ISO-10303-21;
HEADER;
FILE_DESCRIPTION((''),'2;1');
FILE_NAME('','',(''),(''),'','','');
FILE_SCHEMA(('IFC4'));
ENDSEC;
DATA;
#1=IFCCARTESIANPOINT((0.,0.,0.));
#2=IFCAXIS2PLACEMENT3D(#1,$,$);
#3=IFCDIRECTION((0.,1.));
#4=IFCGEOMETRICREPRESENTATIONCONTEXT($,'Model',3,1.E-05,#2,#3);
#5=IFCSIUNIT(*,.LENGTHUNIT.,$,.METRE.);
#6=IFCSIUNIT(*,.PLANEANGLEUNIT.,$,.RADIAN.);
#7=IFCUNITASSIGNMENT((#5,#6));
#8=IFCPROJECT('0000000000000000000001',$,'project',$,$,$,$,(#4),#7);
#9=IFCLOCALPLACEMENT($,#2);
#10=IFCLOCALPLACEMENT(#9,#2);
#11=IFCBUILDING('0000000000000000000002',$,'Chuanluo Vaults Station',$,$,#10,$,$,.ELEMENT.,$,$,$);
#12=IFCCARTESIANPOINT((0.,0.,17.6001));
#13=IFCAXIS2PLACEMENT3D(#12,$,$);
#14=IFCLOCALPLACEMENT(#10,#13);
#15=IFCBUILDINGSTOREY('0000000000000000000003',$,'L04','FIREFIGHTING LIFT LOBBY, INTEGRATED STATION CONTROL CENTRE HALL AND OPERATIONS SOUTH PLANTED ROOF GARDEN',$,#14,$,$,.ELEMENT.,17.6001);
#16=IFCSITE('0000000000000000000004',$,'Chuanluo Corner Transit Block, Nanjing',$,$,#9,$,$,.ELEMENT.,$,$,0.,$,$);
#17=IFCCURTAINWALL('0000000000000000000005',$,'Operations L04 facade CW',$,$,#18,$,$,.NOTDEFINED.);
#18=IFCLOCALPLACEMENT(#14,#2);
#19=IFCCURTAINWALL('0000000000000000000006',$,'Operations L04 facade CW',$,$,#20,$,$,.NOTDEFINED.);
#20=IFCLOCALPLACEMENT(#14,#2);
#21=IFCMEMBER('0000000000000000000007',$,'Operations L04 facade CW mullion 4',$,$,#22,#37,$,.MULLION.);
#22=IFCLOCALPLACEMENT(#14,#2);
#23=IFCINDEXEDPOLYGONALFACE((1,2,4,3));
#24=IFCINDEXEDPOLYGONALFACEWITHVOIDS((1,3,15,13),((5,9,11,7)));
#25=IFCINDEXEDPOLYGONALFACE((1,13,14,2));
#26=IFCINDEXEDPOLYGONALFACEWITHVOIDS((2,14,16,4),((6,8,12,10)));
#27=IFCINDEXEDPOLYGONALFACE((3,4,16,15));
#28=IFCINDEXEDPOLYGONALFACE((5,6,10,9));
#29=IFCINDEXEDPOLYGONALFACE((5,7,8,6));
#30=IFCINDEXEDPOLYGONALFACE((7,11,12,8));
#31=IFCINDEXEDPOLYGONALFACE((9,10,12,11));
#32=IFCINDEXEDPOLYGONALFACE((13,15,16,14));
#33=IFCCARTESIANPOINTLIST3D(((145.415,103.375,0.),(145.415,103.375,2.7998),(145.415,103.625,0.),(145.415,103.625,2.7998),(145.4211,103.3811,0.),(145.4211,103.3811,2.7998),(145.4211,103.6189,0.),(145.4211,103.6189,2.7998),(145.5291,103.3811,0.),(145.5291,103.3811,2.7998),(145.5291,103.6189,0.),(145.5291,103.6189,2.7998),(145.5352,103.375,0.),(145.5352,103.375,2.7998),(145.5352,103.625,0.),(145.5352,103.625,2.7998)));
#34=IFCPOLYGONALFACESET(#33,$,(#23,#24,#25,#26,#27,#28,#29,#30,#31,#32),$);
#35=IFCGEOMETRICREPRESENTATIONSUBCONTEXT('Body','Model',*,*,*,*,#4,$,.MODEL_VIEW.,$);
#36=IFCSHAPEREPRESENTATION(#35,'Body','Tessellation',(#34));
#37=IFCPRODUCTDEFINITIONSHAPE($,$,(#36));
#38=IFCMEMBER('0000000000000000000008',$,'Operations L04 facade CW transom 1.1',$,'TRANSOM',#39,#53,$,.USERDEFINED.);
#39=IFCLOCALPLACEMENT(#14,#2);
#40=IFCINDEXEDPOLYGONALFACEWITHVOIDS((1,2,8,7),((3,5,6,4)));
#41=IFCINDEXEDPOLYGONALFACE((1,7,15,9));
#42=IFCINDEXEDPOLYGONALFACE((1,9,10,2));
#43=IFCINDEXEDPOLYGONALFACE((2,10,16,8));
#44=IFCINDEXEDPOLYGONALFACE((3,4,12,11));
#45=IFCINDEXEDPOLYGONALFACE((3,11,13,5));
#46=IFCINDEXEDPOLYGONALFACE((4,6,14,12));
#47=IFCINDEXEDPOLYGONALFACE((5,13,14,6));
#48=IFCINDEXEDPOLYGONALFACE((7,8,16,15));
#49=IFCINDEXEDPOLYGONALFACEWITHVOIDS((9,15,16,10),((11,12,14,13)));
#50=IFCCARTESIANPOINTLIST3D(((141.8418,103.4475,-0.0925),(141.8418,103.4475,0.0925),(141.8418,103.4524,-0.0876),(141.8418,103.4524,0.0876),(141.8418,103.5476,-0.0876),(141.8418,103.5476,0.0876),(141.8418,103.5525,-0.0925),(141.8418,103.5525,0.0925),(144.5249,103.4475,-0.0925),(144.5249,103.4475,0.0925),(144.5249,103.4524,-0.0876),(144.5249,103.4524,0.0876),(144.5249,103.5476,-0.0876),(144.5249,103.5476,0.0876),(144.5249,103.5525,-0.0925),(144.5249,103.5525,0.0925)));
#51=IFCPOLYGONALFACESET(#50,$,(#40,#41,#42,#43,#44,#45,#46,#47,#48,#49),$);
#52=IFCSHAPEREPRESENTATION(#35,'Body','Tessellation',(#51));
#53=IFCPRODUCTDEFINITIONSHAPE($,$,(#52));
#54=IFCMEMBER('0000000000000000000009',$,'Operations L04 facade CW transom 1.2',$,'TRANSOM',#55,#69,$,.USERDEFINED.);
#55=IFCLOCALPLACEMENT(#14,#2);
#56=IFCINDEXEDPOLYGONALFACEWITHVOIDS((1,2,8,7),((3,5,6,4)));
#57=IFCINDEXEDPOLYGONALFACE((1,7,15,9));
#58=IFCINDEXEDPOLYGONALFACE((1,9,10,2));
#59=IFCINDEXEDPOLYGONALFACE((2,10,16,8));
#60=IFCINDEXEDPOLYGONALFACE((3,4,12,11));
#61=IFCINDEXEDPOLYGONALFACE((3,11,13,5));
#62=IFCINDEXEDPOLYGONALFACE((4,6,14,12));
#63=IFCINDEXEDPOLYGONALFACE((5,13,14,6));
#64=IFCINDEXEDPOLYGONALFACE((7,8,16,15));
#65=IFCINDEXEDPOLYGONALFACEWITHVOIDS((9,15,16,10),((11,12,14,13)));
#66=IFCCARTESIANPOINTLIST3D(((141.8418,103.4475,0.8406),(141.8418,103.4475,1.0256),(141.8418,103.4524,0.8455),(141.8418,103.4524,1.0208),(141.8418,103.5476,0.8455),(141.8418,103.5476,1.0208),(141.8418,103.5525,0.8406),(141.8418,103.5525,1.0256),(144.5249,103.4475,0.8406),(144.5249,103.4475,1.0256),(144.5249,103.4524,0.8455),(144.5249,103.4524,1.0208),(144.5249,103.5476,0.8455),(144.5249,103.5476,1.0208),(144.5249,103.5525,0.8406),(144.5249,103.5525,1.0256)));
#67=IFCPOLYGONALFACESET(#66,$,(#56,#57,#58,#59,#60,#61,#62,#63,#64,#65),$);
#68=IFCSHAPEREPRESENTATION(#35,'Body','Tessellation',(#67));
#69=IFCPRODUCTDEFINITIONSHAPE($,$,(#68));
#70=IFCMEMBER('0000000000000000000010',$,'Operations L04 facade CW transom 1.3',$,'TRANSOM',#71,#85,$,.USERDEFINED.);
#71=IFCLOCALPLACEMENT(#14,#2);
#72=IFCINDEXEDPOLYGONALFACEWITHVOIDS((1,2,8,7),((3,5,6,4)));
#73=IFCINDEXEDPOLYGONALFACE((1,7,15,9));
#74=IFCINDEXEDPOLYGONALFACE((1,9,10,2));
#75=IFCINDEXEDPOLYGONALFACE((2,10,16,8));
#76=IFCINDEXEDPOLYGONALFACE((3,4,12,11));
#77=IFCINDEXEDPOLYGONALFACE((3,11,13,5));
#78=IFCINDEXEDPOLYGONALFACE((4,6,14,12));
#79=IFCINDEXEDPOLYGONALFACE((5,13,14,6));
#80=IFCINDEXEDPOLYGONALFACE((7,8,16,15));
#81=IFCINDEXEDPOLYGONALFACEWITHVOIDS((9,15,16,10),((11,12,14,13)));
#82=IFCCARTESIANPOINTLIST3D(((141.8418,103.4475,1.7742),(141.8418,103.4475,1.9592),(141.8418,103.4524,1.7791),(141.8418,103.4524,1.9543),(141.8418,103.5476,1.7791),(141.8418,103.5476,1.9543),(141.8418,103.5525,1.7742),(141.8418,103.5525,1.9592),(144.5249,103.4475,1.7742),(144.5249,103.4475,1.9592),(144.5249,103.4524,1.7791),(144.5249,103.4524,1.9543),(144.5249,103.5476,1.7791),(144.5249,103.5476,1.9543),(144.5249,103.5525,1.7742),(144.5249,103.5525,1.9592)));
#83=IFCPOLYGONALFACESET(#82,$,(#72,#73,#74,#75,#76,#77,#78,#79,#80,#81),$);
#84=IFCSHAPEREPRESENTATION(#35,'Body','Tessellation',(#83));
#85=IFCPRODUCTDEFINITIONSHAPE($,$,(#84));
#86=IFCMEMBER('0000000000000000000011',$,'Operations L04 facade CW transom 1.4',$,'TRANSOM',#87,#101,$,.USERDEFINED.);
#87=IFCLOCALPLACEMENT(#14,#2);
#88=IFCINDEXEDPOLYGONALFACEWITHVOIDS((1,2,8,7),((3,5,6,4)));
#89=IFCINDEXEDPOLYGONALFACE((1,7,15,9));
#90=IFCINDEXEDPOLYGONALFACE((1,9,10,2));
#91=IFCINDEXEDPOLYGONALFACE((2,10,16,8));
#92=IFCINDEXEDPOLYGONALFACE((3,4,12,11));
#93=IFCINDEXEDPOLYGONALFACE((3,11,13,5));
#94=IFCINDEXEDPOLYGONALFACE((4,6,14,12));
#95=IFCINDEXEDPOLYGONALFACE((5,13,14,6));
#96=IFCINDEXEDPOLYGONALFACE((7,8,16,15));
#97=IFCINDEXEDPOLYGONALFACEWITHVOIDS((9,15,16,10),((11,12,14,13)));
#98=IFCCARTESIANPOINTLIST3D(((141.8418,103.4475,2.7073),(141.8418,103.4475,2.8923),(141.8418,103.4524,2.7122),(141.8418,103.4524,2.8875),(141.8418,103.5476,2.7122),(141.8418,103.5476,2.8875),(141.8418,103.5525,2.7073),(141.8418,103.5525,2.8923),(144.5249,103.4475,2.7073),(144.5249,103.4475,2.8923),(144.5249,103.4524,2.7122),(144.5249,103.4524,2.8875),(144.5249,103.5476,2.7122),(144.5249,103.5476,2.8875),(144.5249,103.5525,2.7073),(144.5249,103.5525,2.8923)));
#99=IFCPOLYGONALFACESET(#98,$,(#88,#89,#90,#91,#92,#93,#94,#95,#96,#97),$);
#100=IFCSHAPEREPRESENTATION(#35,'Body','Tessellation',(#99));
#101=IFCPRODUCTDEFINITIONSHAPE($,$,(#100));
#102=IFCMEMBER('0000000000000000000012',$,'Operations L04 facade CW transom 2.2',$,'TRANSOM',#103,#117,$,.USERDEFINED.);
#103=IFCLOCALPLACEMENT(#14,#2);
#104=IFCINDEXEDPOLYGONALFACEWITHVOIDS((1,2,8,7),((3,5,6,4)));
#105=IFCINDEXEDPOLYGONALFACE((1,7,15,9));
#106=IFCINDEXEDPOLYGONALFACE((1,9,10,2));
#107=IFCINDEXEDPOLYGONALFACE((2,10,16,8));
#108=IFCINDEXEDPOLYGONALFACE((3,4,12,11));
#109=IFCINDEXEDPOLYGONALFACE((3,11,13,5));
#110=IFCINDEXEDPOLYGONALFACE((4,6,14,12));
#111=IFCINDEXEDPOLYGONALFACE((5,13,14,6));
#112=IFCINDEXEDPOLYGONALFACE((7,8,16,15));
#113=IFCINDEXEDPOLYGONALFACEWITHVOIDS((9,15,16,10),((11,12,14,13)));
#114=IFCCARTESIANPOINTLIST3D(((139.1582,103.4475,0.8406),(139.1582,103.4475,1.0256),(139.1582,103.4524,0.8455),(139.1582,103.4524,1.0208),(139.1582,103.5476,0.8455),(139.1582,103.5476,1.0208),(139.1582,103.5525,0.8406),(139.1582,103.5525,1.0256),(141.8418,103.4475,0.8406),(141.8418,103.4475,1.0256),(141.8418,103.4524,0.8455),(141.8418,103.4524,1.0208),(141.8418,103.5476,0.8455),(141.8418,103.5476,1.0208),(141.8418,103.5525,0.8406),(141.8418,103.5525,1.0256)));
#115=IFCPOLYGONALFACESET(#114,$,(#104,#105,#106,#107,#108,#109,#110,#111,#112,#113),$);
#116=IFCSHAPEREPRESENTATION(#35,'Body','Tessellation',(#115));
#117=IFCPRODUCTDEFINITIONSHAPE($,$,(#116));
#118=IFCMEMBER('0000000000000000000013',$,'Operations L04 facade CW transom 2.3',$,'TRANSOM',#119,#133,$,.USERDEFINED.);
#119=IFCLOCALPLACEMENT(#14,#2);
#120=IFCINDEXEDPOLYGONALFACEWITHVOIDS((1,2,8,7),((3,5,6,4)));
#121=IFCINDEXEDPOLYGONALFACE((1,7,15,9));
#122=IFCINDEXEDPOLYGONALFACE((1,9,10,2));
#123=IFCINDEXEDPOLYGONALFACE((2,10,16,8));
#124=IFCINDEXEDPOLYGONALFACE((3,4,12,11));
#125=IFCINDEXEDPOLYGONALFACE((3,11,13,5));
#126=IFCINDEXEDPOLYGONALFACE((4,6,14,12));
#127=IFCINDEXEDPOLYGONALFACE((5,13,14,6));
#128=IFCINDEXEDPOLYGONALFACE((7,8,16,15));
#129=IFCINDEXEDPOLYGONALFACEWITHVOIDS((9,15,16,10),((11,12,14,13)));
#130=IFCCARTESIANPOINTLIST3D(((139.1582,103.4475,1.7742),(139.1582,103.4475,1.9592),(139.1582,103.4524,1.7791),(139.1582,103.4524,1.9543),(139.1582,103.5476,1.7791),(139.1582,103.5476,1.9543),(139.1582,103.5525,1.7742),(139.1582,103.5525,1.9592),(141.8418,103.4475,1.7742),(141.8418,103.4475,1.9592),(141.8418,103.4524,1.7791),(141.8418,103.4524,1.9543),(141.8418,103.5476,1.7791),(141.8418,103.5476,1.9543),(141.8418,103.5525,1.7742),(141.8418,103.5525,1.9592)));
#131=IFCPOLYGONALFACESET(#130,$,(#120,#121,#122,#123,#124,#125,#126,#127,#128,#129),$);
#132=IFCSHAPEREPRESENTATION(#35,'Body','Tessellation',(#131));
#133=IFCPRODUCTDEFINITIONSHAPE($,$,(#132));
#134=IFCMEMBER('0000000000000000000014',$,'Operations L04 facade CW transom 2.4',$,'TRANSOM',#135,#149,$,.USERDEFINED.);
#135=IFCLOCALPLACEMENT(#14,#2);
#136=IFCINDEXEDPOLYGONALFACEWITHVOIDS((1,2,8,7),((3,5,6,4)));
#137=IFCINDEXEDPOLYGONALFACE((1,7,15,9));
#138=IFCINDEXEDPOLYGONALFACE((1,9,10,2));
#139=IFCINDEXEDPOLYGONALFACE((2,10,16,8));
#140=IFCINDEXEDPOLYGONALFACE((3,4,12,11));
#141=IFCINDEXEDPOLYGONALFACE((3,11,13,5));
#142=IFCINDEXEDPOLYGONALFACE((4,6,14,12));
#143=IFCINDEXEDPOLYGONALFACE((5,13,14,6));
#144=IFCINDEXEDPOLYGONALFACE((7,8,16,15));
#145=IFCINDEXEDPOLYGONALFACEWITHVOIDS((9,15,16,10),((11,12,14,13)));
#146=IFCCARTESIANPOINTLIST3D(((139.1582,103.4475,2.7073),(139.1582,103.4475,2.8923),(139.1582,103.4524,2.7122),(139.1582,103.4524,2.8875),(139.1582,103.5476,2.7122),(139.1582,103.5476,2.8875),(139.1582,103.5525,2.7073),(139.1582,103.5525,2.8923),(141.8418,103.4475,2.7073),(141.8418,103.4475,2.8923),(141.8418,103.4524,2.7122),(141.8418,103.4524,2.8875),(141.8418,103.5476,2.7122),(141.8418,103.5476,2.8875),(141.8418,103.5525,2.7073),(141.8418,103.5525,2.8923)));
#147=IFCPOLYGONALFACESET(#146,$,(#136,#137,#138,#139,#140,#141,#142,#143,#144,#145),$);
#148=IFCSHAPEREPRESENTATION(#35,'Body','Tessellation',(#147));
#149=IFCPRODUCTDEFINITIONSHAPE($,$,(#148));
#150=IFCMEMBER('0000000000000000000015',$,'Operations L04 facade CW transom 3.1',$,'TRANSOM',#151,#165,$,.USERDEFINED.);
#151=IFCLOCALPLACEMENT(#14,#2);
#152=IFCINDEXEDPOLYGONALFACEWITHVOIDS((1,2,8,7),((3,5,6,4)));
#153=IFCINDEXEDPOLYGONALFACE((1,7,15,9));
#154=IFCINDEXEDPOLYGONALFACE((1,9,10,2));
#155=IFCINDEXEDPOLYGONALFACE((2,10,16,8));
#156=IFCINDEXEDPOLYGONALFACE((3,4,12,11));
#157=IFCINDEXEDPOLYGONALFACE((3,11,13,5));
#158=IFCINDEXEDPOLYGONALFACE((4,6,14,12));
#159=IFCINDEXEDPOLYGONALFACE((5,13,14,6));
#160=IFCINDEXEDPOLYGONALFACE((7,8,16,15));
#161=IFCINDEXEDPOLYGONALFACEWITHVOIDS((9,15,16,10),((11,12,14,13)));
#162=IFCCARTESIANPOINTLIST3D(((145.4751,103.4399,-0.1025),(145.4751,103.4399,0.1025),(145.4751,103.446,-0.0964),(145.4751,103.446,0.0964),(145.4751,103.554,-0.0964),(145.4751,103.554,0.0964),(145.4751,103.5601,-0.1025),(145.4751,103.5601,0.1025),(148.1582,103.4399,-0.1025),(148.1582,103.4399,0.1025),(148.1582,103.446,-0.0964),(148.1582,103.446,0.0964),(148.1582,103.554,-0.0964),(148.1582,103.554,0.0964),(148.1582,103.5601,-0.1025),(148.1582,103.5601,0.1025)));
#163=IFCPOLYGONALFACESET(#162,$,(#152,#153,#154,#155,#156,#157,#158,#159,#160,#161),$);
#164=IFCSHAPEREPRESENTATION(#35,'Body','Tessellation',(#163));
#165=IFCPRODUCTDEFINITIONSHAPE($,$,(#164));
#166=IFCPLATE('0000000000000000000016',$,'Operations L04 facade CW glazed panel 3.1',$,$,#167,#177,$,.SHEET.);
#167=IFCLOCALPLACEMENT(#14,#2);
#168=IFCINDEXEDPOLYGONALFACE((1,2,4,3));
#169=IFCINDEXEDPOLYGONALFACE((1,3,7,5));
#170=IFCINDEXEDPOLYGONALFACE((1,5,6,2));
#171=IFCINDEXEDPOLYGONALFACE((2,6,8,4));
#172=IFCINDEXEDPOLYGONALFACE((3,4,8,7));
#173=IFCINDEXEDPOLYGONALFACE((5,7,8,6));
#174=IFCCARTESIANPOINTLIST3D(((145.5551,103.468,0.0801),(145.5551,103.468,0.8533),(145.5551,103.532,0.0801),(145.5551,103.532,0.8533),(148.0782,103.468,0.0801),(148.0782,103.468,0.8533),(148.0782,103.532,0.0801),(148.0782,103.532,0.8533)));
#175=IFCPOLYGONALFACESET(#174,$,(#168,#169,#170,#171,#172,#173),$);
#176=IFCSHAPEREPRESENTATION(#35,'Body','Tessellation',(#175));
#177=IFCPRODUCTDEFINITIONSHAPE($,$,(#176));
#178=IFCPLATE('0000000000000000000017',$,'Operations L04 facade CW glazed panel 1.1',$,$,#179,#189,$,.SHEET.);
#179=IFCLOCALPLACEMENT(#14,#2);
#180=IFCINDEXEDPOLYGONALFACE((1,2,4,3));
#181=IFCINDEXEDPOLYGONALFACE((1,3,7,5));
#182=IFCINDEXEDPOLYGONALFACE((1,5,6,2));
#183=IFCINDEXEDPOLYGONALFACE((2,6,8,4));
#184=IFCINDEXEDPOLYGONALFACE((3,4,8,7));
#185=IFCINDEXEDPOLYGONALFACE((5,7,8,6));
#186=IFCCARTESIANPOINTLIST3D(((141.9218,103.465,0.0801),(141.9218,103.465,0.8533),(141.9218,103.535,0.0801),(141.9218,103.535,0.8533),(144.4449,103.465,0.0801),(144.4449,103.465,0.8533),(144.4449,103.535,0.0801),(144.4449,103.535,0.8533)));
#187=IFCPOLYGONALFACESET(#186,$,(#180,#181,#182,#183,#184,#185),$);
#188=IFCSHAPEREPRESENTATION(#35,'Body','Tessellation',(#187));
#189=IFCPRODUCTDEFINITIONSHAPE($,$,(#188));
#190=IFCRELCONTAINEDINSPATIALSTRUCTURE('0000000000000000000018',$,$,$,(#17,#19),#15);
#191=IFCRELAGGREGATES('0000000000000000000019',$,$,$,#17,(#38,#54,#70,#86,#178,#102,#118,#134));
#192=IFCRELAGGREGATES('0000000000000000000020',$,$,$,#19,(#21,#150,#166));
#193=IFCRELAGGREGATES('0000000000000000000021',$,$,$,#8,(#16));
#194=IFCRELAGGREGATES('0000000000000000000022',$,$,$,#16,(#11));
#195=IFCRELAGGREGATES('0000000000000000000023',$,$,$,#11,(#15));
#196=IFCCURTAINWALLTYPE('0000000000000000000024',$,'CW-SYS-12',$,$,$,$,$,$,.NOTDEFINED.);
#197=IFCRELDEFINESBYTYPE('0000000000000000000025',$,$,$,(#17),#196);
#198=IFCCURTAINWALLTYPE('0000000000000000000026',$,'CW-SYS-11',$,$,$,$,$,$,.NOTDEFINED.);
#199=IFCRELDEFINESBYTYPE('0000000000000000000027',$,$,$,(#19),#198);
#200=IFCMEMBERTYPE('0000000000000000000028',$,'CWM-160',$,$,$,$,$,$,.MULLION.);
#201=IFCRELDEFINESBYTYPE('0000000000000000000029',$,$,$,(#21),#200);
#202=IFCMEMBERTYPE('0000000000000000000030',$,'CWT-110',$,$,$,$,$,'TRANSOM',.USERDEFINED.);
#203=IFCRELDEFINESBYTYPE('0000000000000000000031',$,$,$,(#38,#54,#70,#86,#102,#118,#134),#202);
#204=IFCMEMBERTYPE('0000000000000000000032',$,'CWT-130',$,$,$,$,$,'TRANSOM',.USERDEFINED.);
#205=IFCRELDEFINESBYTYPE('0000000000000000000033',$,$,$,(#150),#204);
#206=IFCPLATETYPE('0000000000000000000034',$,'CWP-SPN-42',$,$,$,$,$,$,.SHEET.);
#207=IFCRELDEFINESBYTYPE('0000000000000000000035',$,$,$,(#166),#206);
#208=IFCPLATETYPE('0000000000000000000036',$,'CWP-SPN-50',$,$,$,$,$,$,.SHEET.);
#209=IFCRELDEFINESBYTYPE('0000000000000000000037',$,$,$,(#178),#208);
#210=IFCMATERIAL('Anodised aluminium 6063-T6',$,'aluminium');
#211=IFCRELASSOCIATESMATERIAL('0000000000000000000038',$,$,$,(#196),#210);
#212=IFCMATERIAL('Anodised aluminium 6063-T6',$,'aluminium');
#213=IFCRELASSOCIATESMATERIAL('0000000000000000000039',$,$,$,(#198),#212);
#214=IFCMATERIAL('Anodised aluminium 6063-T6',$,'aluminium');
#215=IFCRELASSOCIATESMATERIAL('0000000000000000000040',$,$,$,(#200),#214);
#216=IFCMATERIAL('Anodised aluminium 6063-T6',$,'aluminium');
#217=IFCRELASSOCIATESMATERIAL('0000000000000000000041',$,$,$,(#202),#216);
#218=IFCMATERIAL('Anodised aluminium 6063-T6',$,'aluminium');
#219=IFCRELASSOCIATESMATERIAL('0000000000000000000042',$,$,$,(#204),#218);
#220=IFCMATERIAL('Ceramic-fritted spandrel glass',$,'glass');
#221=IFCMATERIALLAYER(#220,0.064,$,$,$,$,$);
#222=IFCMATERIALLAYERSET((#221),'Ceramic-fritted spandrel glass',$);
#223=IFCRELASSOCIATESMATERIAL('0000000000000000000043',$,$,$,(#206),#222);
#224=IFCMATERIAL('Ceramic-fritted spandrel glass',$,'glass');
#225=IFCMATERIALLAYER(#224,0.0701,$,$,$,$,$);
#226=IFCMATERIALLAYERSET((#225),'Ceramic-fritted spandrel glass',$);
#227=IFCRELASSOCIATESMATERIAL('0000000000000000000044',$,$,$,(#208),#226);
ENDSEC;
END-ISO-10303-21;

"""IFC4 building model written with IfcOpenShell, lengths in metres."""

from ifc_helpers import new_model, si_unit, direction, frame, origin, origin_2d, place, context, subcontext, project, spatial, rectangle, hollow_rectangle, extrude, material, layer, layer_set, material_profile, profile_set, type_object, element, aggregate, save


model = new_model("IFC4")

# Units and contexts
model_context = context("Model", 3, precision=1e-05, world=origin(), true_north=direction((0.0, 1.0)))
body_context = subcontext(model_context, "Body", "Model", "MODEL_VIEW")
ifc_project = project(units=[si_unit("LENGTHUNIT", "METRE"), si_unit("PLANEANGLEUNIT", "RADIAN")], contexts=[model_context])

# Site, building, storey
site_placement = place(None, origin())
site = spatial("IfcSite", under=ifc_project, at=site_placement, Name="Chuanluo Corner Transit Block, Nanjing", CompositionType="ELEMENT", RefElevation=0.0)
building_placement = place(site_placement, origin())
building = spatial("IfcBuilding", under=site, at=building_placement, Name="Chuanluo Vaults Station", CompositionType="ELEMENT")
storey_placement = place(building_placement, frame((0.0, 0.0, 17.6001)))
storey = spatial("IfcBuildingStorey", under=building, at=storey_placement, Name="L04", Description="FIREFIGHTING LIFT LOBBY, INTEGRATED STATION CONTROL CENTRE HALL AND OPERATIONS SOUTH PLANTED ROOF GARDEN", CompositionType="ELEMENT", Elevation=17.6001)

# Curtain wall
ifc_material_1 = material(Name="Anodised aluminium 6063-T6", Category="aluminium")
curtain_wall_type_1 = type_object("IfcCurtainWallType", Name="CW-SYS-12", PredefinedType="NOTDEFINED", material=ifc_material_1)
curtain_wall_1_placement = place(storey_placement, origin())
curtain_wall_1 = element("IfcCurtainWall", 1, at=curtain_wall_1_placement, inside=storey, type_object=curtain_wall_type_1, Name="Operations L04 facade CW", PredefinedType="NOTDEFINED")

# Curtain wall, member
ifc_material_2 = material(Name="Anodised aluminium 6063-T6", Category="aluminium")
curtain_wall_type_2 = type_object("IfcCurtainWallType", Name="CW-SYS-11", PredefinedType="NOTDEFINED", material=ifc_material_2)
curtain_wall_2_placement = place(storey_placement, origin())
curtain_wall_2 = element("IfcCurtainWall", 2, at=curtain_wall_2_placement, inside=storey, type_object=curtain_wall_type_2, Name="Operations L04 facade CW", PredefinedType="NOTDEFINED")
ifc_material_3 = material(Name="Anodised aluminium 6063-T6", Category="aluminium")
ifc_material_profile_1 = material_profile(ifc_material_3, hollow_rectangle(XDim=0.1201, YDim=0.25, WallThickness=0.0061, at=origin_2d()))
ifc_profile_set_1 = profile_set([ifc_material_profile_1], Name="Anodised aluminium 6063-T6")
member_type_1 = type_object("IfcMemberType", Name="CWM-160", PredefinedType="MULLION", material=ifc_profile_set_1)
member_1_placement = place(storey_placement, frame((145.4751, 103.5, 0.0), z_axis=(0.0, 0.0, 1.0), x_axis=(-1.0, 0.0, 0.0)))
member_1 = element("IfcMember", 3, at=member_1_placement, type_object=member_type_1, Name="Operations L04 facade CW mullion 4", PredefinedType="MULLION", context=body_context, shape_type="SweptSolid", body=[
    extrude(hollow_rectangle(XDim=0.1201, YDim=0.25, WallThickness=0.0061, at=origin_2d()), origin(), (0.0, 0.0, 1.0), 2.7998),
])

# Members
ifc_material_4 = material(Name="Anodised aluminium 6063-T6", Category="aluminium")
ifc_material_profile_2 = material_profile(ifc_material_4, hollow_rectangle(XDim=0.105, YDim=0.1851, WallThickness=0.0049, at=origin_2d()))
ifc_profile_set_2 = profile_set([ifc_material_profile_2], Name="Anodised aluminium 6063-T6")
member_type_2 = type_object("IfcMemberType", Name="CWT-110", ElementType="TRANSOM", PredefinedType="USERDEFINED", material=ifc_profile_set_2)
member_2_placement = place(storey_placement, frame((144.5249, 103.5, 0.0), z_axis=(-1.0, 0.0, 0.0), x_axis=(0.0, -1.0, 0.0)))
member_2 = element("IfcMember", 4, at=member_2_placement, type_object=member_type_2, Name="Operations L04 facade CW transom 1.1", ObjectType="TRANSOM", PredefinedType="USERDEFINED", context=body_context, shape_type="SweptSolid", body=[
    extrude(hollow_rectangle(XDim=0.105, YDim=0.1851, WallThickness=0.0049, at=origin_2d()), origin(), (0.0, 0.0, 1.0), 2.6831),
])
member_3_placement = place(storey_placement, frame((144.5249, 103.5, 0.9331), z_axis=(-1.0, 0.0, 0.0), x_axis=(0.0, -1.0, 0.0)))
member_3 = element("IfcMember", 5, at=member_3_placement, type_object=member_type_2, Name="Operations L04 facade CW transom 1.2", ObjectType="TRANSOM", PredefinedType="USERDEFINED", context=body_context, shape_type="SweptSolid", body=[
    extrude(hollow_rectangle(XDim=0.105, YDim=0.1851, WallThickness=0.0049, at=origin_2d()), origin(), (0.0, 0.0, 1.0), 2.6831),
])
member_4_placement = place(storey_placement, frame((144.5249, 103.5, 1.8667), z_axis=(-1.0, 0.0, 0.0), x_axis=(0.0, -1.0, 0.0)))
member_4 = element("IfcMember", 6, at=member_4_placement, type_object=member_type_2, Name="Operations L04 facade CW transom 1.3", ObjectType="TRANSOM", PredefinedType="USERDEFINED", context=body_context, shape_type="SweptSolid", body=[
    extrude(hollow_rectangle(XDim=0.105, YDim=0.1851, WallThickness=0.0049, at=origin_2d()), origin(), (0.0, 0.0, 1.0), 2.6831),
])
member_5_placement = place(storey_placement, frame((144.5249, 103.5, 2.7998), z_axis=(-1.0, 0.0, 0.0), x_axis=(0.0, -1.0, 0.0)))
member_5 = element("IfcMember", 7, at=member_5_placement, type_object=member_type_2, Name="Operations L04 facade CW transom 1.4", ObjectType="TRANSOM", PredefinedType="USERDEFINED", context=body_context, shape_type="SweptSolid", body=[
    extrude(hollow_rectangle(XDim=0.105, YDim=0.1851, WallThickness=0.0049, at=origin_2d()), origin(), (0.0, 0.0, 1.0), 2.6831),
])
member_6_placement = place(storey_placement, frame((141.8418, 103.5, 0.9331), z_axis=(-1.0, 0.0, 0.0), x_axis=(0.0, -1.0, 0.0)))
member_6 = element("IfcMember", 8, at=member_6_placement, type_object=member_type_2, Name="Operations L04 facade CW transom 2.2", ObjectType="TRANSOM", PredefinedType="USERDEFINED", context=body_context, shape_type="SweptSolid", body=[
    extrude(hollow_rectangle(XDim=0.105, YDim=0.1851, WallThickness=0.0049, at=origin_2d()), origin(), (0.0, 0.0, 1.0), 2.6836),
])
member_7_placement = place(storey_placement, frame((141.8418, 103.5, 1.8667), z_axis=(-1.0, 0.0, 0.0), x_axis=(0.0, -1.0, 0.0)))
member_7 = element("IfcMember", 9, at=member_7_placement, type_object=member_type_2, Name="Operations L04 facade CW transom 2.3", ObjectType="TRANSOM", PredefinedType="USERDEFINED", context=body_context, shape_type="SweptSolid", body=[
    extrude(hollow_rectangle(XDim=0.105, YDim=0.1851, WallThickness=0.0049, at=origin_2d()), origin(), (0.0, 0.0, 1.0), 2.6836),
])
member_8_placement = place(storey_placement, frame((141.8418, 103.5, 2.7998), z_axis=(-1.0, 0.0, 0.0), x_axis=(0.0, -1.0, 0.0)))
member_8 = element("IfcMember", 10, at=member_8_placement, type_object=member_type_2, Name="Operations L04 facade CW transom 2.4", ObjectType="TRANSOM", PredefinedType="USERDEFINED", context=body_context, shape_type="SweptSolid", body=[
    extrude(hollow_rectangle(XDim=0.105, YDim=0.1851, WallThickness=0.0049, at=origin_2d()), origin(), (0.0, 0.0, 1.0), 2.6836),
])
ifc_material_5 = material(Name="Anodised aluminium 6063-T6", Category="aluminium")
ifc_material_profile_3 = material_profile(ifc_material_5, hollow_rectangle(XDim=0.1201, YDim=0.2051, WallThickness=0.0061, at=origin_2d()))
ifc_profile_set_3 = profile_set([ifc_material_profile_3], Name="Anodised aluminium 6063-T6")
member_type_3 = type_object("IfcMemberType", Name="CWT-130", ElementType="TRANSOM", PredefinedType="USERDEFINED", material=ifc_profile_set_3)
member_9_placement = place(storey_placement, frame((148.1582, 103.5, 0.0), z_axis=(-1.0, 0.0, 0.0), x_axis=(0.0, -1.0, 0.0)))
member_9 = element("IfcMember", 11, at=member_9_placement, type_object=member_type_3, Name="Operations L04 facade CW transom 3.1", ObjectType="TRANSOM", PredefinedType="USERDEFINED", context=body_context, shape_type="SweptSolid", body=[
    extrude(hollow_rectangle(XDim=0.1201, YDim=0.2051, WallThickness=0.0061, at=origin_2d()), origin(), (0.0, 0.0, 1.0), 2.6831),
])

# Plates
ifc_material_6 = material(Name="Ceramic-fritted spandrel glass", Category="glass")
ifc_layer_1 = layer(ifc_material_6, 0.064)
ifc_layer_set_1 = layer_set([ifc_layer_1], Name="Ceramic-fritted spandrel glass")
plate_type_1 = type_object("IfcPlateType", Name="CWP-SPN-42", PredefinedType="SHEET", material=ifc_layer_set_1)
plate_1_placement = place(storey_placement, frame((146.8167, 103.5, 0.0801), z_axis=(0.0, 0.0, 1.0), x_axis=(-1.0, 0.0, 0.0)))
plate_1 = element("IfcPlate", 12, at=plate_1_placement, type_object=plate_type_1, Name="Operations L04 facade CW glazed panel 3.1", PredefinedType="SHEET", context=body_context, shape_type="SweptSolid", body=[
    extrude(rectangle(XDim=2.5232, YDim=0.064, at=origin_2d()), origin(), (0.0, 0.0, 1.0), 0.7732),
])
ifc_material_7 = material(Name="Ceramic-fritted spandrel glass", Category="glass")
ifc_layer_2 = layer(ifc_material_7, 0.0701)
ifc_layer_set_2 = layer_set([ifc_layer_2], Name="Ceramic-fritted spandrel glass")
plate_type_2 = type_object("IfcPlateType", Name="CWP-SPN-50", PredefinedType="SHEET", material=ifc_layer_set_2)
plate_2_placement = place(storey_placement, frame((143.1833, 103.5, 0.0801), z_axis=(0.0, 0.0, 1.0), x_axis=(-1.0, 0.0, 0.0)))
plate_2 = element("IfcPlate", 13, at=plate_2_placement, type_object=plate_type_2, Name="Operations L04 facade CW glazed panel 1.1", PredefinedType="SHEET", context=body_context, shape_type="SweptSolid", body=[
    extrude(rectangle(XDim=2.5232, YDim=0.0701, at=origin_2d()), origin(), (0.0, 0.0, 1.0), 0.7732),
])
aggregate(curtain_wall_1, [member_2, member_3, member_4, member_5, plate_2, member_6, member_7, member_8])
aggregate(curtain_wall_2, [member_1, member_9, plate_1])

save(model, "model.ifc")
